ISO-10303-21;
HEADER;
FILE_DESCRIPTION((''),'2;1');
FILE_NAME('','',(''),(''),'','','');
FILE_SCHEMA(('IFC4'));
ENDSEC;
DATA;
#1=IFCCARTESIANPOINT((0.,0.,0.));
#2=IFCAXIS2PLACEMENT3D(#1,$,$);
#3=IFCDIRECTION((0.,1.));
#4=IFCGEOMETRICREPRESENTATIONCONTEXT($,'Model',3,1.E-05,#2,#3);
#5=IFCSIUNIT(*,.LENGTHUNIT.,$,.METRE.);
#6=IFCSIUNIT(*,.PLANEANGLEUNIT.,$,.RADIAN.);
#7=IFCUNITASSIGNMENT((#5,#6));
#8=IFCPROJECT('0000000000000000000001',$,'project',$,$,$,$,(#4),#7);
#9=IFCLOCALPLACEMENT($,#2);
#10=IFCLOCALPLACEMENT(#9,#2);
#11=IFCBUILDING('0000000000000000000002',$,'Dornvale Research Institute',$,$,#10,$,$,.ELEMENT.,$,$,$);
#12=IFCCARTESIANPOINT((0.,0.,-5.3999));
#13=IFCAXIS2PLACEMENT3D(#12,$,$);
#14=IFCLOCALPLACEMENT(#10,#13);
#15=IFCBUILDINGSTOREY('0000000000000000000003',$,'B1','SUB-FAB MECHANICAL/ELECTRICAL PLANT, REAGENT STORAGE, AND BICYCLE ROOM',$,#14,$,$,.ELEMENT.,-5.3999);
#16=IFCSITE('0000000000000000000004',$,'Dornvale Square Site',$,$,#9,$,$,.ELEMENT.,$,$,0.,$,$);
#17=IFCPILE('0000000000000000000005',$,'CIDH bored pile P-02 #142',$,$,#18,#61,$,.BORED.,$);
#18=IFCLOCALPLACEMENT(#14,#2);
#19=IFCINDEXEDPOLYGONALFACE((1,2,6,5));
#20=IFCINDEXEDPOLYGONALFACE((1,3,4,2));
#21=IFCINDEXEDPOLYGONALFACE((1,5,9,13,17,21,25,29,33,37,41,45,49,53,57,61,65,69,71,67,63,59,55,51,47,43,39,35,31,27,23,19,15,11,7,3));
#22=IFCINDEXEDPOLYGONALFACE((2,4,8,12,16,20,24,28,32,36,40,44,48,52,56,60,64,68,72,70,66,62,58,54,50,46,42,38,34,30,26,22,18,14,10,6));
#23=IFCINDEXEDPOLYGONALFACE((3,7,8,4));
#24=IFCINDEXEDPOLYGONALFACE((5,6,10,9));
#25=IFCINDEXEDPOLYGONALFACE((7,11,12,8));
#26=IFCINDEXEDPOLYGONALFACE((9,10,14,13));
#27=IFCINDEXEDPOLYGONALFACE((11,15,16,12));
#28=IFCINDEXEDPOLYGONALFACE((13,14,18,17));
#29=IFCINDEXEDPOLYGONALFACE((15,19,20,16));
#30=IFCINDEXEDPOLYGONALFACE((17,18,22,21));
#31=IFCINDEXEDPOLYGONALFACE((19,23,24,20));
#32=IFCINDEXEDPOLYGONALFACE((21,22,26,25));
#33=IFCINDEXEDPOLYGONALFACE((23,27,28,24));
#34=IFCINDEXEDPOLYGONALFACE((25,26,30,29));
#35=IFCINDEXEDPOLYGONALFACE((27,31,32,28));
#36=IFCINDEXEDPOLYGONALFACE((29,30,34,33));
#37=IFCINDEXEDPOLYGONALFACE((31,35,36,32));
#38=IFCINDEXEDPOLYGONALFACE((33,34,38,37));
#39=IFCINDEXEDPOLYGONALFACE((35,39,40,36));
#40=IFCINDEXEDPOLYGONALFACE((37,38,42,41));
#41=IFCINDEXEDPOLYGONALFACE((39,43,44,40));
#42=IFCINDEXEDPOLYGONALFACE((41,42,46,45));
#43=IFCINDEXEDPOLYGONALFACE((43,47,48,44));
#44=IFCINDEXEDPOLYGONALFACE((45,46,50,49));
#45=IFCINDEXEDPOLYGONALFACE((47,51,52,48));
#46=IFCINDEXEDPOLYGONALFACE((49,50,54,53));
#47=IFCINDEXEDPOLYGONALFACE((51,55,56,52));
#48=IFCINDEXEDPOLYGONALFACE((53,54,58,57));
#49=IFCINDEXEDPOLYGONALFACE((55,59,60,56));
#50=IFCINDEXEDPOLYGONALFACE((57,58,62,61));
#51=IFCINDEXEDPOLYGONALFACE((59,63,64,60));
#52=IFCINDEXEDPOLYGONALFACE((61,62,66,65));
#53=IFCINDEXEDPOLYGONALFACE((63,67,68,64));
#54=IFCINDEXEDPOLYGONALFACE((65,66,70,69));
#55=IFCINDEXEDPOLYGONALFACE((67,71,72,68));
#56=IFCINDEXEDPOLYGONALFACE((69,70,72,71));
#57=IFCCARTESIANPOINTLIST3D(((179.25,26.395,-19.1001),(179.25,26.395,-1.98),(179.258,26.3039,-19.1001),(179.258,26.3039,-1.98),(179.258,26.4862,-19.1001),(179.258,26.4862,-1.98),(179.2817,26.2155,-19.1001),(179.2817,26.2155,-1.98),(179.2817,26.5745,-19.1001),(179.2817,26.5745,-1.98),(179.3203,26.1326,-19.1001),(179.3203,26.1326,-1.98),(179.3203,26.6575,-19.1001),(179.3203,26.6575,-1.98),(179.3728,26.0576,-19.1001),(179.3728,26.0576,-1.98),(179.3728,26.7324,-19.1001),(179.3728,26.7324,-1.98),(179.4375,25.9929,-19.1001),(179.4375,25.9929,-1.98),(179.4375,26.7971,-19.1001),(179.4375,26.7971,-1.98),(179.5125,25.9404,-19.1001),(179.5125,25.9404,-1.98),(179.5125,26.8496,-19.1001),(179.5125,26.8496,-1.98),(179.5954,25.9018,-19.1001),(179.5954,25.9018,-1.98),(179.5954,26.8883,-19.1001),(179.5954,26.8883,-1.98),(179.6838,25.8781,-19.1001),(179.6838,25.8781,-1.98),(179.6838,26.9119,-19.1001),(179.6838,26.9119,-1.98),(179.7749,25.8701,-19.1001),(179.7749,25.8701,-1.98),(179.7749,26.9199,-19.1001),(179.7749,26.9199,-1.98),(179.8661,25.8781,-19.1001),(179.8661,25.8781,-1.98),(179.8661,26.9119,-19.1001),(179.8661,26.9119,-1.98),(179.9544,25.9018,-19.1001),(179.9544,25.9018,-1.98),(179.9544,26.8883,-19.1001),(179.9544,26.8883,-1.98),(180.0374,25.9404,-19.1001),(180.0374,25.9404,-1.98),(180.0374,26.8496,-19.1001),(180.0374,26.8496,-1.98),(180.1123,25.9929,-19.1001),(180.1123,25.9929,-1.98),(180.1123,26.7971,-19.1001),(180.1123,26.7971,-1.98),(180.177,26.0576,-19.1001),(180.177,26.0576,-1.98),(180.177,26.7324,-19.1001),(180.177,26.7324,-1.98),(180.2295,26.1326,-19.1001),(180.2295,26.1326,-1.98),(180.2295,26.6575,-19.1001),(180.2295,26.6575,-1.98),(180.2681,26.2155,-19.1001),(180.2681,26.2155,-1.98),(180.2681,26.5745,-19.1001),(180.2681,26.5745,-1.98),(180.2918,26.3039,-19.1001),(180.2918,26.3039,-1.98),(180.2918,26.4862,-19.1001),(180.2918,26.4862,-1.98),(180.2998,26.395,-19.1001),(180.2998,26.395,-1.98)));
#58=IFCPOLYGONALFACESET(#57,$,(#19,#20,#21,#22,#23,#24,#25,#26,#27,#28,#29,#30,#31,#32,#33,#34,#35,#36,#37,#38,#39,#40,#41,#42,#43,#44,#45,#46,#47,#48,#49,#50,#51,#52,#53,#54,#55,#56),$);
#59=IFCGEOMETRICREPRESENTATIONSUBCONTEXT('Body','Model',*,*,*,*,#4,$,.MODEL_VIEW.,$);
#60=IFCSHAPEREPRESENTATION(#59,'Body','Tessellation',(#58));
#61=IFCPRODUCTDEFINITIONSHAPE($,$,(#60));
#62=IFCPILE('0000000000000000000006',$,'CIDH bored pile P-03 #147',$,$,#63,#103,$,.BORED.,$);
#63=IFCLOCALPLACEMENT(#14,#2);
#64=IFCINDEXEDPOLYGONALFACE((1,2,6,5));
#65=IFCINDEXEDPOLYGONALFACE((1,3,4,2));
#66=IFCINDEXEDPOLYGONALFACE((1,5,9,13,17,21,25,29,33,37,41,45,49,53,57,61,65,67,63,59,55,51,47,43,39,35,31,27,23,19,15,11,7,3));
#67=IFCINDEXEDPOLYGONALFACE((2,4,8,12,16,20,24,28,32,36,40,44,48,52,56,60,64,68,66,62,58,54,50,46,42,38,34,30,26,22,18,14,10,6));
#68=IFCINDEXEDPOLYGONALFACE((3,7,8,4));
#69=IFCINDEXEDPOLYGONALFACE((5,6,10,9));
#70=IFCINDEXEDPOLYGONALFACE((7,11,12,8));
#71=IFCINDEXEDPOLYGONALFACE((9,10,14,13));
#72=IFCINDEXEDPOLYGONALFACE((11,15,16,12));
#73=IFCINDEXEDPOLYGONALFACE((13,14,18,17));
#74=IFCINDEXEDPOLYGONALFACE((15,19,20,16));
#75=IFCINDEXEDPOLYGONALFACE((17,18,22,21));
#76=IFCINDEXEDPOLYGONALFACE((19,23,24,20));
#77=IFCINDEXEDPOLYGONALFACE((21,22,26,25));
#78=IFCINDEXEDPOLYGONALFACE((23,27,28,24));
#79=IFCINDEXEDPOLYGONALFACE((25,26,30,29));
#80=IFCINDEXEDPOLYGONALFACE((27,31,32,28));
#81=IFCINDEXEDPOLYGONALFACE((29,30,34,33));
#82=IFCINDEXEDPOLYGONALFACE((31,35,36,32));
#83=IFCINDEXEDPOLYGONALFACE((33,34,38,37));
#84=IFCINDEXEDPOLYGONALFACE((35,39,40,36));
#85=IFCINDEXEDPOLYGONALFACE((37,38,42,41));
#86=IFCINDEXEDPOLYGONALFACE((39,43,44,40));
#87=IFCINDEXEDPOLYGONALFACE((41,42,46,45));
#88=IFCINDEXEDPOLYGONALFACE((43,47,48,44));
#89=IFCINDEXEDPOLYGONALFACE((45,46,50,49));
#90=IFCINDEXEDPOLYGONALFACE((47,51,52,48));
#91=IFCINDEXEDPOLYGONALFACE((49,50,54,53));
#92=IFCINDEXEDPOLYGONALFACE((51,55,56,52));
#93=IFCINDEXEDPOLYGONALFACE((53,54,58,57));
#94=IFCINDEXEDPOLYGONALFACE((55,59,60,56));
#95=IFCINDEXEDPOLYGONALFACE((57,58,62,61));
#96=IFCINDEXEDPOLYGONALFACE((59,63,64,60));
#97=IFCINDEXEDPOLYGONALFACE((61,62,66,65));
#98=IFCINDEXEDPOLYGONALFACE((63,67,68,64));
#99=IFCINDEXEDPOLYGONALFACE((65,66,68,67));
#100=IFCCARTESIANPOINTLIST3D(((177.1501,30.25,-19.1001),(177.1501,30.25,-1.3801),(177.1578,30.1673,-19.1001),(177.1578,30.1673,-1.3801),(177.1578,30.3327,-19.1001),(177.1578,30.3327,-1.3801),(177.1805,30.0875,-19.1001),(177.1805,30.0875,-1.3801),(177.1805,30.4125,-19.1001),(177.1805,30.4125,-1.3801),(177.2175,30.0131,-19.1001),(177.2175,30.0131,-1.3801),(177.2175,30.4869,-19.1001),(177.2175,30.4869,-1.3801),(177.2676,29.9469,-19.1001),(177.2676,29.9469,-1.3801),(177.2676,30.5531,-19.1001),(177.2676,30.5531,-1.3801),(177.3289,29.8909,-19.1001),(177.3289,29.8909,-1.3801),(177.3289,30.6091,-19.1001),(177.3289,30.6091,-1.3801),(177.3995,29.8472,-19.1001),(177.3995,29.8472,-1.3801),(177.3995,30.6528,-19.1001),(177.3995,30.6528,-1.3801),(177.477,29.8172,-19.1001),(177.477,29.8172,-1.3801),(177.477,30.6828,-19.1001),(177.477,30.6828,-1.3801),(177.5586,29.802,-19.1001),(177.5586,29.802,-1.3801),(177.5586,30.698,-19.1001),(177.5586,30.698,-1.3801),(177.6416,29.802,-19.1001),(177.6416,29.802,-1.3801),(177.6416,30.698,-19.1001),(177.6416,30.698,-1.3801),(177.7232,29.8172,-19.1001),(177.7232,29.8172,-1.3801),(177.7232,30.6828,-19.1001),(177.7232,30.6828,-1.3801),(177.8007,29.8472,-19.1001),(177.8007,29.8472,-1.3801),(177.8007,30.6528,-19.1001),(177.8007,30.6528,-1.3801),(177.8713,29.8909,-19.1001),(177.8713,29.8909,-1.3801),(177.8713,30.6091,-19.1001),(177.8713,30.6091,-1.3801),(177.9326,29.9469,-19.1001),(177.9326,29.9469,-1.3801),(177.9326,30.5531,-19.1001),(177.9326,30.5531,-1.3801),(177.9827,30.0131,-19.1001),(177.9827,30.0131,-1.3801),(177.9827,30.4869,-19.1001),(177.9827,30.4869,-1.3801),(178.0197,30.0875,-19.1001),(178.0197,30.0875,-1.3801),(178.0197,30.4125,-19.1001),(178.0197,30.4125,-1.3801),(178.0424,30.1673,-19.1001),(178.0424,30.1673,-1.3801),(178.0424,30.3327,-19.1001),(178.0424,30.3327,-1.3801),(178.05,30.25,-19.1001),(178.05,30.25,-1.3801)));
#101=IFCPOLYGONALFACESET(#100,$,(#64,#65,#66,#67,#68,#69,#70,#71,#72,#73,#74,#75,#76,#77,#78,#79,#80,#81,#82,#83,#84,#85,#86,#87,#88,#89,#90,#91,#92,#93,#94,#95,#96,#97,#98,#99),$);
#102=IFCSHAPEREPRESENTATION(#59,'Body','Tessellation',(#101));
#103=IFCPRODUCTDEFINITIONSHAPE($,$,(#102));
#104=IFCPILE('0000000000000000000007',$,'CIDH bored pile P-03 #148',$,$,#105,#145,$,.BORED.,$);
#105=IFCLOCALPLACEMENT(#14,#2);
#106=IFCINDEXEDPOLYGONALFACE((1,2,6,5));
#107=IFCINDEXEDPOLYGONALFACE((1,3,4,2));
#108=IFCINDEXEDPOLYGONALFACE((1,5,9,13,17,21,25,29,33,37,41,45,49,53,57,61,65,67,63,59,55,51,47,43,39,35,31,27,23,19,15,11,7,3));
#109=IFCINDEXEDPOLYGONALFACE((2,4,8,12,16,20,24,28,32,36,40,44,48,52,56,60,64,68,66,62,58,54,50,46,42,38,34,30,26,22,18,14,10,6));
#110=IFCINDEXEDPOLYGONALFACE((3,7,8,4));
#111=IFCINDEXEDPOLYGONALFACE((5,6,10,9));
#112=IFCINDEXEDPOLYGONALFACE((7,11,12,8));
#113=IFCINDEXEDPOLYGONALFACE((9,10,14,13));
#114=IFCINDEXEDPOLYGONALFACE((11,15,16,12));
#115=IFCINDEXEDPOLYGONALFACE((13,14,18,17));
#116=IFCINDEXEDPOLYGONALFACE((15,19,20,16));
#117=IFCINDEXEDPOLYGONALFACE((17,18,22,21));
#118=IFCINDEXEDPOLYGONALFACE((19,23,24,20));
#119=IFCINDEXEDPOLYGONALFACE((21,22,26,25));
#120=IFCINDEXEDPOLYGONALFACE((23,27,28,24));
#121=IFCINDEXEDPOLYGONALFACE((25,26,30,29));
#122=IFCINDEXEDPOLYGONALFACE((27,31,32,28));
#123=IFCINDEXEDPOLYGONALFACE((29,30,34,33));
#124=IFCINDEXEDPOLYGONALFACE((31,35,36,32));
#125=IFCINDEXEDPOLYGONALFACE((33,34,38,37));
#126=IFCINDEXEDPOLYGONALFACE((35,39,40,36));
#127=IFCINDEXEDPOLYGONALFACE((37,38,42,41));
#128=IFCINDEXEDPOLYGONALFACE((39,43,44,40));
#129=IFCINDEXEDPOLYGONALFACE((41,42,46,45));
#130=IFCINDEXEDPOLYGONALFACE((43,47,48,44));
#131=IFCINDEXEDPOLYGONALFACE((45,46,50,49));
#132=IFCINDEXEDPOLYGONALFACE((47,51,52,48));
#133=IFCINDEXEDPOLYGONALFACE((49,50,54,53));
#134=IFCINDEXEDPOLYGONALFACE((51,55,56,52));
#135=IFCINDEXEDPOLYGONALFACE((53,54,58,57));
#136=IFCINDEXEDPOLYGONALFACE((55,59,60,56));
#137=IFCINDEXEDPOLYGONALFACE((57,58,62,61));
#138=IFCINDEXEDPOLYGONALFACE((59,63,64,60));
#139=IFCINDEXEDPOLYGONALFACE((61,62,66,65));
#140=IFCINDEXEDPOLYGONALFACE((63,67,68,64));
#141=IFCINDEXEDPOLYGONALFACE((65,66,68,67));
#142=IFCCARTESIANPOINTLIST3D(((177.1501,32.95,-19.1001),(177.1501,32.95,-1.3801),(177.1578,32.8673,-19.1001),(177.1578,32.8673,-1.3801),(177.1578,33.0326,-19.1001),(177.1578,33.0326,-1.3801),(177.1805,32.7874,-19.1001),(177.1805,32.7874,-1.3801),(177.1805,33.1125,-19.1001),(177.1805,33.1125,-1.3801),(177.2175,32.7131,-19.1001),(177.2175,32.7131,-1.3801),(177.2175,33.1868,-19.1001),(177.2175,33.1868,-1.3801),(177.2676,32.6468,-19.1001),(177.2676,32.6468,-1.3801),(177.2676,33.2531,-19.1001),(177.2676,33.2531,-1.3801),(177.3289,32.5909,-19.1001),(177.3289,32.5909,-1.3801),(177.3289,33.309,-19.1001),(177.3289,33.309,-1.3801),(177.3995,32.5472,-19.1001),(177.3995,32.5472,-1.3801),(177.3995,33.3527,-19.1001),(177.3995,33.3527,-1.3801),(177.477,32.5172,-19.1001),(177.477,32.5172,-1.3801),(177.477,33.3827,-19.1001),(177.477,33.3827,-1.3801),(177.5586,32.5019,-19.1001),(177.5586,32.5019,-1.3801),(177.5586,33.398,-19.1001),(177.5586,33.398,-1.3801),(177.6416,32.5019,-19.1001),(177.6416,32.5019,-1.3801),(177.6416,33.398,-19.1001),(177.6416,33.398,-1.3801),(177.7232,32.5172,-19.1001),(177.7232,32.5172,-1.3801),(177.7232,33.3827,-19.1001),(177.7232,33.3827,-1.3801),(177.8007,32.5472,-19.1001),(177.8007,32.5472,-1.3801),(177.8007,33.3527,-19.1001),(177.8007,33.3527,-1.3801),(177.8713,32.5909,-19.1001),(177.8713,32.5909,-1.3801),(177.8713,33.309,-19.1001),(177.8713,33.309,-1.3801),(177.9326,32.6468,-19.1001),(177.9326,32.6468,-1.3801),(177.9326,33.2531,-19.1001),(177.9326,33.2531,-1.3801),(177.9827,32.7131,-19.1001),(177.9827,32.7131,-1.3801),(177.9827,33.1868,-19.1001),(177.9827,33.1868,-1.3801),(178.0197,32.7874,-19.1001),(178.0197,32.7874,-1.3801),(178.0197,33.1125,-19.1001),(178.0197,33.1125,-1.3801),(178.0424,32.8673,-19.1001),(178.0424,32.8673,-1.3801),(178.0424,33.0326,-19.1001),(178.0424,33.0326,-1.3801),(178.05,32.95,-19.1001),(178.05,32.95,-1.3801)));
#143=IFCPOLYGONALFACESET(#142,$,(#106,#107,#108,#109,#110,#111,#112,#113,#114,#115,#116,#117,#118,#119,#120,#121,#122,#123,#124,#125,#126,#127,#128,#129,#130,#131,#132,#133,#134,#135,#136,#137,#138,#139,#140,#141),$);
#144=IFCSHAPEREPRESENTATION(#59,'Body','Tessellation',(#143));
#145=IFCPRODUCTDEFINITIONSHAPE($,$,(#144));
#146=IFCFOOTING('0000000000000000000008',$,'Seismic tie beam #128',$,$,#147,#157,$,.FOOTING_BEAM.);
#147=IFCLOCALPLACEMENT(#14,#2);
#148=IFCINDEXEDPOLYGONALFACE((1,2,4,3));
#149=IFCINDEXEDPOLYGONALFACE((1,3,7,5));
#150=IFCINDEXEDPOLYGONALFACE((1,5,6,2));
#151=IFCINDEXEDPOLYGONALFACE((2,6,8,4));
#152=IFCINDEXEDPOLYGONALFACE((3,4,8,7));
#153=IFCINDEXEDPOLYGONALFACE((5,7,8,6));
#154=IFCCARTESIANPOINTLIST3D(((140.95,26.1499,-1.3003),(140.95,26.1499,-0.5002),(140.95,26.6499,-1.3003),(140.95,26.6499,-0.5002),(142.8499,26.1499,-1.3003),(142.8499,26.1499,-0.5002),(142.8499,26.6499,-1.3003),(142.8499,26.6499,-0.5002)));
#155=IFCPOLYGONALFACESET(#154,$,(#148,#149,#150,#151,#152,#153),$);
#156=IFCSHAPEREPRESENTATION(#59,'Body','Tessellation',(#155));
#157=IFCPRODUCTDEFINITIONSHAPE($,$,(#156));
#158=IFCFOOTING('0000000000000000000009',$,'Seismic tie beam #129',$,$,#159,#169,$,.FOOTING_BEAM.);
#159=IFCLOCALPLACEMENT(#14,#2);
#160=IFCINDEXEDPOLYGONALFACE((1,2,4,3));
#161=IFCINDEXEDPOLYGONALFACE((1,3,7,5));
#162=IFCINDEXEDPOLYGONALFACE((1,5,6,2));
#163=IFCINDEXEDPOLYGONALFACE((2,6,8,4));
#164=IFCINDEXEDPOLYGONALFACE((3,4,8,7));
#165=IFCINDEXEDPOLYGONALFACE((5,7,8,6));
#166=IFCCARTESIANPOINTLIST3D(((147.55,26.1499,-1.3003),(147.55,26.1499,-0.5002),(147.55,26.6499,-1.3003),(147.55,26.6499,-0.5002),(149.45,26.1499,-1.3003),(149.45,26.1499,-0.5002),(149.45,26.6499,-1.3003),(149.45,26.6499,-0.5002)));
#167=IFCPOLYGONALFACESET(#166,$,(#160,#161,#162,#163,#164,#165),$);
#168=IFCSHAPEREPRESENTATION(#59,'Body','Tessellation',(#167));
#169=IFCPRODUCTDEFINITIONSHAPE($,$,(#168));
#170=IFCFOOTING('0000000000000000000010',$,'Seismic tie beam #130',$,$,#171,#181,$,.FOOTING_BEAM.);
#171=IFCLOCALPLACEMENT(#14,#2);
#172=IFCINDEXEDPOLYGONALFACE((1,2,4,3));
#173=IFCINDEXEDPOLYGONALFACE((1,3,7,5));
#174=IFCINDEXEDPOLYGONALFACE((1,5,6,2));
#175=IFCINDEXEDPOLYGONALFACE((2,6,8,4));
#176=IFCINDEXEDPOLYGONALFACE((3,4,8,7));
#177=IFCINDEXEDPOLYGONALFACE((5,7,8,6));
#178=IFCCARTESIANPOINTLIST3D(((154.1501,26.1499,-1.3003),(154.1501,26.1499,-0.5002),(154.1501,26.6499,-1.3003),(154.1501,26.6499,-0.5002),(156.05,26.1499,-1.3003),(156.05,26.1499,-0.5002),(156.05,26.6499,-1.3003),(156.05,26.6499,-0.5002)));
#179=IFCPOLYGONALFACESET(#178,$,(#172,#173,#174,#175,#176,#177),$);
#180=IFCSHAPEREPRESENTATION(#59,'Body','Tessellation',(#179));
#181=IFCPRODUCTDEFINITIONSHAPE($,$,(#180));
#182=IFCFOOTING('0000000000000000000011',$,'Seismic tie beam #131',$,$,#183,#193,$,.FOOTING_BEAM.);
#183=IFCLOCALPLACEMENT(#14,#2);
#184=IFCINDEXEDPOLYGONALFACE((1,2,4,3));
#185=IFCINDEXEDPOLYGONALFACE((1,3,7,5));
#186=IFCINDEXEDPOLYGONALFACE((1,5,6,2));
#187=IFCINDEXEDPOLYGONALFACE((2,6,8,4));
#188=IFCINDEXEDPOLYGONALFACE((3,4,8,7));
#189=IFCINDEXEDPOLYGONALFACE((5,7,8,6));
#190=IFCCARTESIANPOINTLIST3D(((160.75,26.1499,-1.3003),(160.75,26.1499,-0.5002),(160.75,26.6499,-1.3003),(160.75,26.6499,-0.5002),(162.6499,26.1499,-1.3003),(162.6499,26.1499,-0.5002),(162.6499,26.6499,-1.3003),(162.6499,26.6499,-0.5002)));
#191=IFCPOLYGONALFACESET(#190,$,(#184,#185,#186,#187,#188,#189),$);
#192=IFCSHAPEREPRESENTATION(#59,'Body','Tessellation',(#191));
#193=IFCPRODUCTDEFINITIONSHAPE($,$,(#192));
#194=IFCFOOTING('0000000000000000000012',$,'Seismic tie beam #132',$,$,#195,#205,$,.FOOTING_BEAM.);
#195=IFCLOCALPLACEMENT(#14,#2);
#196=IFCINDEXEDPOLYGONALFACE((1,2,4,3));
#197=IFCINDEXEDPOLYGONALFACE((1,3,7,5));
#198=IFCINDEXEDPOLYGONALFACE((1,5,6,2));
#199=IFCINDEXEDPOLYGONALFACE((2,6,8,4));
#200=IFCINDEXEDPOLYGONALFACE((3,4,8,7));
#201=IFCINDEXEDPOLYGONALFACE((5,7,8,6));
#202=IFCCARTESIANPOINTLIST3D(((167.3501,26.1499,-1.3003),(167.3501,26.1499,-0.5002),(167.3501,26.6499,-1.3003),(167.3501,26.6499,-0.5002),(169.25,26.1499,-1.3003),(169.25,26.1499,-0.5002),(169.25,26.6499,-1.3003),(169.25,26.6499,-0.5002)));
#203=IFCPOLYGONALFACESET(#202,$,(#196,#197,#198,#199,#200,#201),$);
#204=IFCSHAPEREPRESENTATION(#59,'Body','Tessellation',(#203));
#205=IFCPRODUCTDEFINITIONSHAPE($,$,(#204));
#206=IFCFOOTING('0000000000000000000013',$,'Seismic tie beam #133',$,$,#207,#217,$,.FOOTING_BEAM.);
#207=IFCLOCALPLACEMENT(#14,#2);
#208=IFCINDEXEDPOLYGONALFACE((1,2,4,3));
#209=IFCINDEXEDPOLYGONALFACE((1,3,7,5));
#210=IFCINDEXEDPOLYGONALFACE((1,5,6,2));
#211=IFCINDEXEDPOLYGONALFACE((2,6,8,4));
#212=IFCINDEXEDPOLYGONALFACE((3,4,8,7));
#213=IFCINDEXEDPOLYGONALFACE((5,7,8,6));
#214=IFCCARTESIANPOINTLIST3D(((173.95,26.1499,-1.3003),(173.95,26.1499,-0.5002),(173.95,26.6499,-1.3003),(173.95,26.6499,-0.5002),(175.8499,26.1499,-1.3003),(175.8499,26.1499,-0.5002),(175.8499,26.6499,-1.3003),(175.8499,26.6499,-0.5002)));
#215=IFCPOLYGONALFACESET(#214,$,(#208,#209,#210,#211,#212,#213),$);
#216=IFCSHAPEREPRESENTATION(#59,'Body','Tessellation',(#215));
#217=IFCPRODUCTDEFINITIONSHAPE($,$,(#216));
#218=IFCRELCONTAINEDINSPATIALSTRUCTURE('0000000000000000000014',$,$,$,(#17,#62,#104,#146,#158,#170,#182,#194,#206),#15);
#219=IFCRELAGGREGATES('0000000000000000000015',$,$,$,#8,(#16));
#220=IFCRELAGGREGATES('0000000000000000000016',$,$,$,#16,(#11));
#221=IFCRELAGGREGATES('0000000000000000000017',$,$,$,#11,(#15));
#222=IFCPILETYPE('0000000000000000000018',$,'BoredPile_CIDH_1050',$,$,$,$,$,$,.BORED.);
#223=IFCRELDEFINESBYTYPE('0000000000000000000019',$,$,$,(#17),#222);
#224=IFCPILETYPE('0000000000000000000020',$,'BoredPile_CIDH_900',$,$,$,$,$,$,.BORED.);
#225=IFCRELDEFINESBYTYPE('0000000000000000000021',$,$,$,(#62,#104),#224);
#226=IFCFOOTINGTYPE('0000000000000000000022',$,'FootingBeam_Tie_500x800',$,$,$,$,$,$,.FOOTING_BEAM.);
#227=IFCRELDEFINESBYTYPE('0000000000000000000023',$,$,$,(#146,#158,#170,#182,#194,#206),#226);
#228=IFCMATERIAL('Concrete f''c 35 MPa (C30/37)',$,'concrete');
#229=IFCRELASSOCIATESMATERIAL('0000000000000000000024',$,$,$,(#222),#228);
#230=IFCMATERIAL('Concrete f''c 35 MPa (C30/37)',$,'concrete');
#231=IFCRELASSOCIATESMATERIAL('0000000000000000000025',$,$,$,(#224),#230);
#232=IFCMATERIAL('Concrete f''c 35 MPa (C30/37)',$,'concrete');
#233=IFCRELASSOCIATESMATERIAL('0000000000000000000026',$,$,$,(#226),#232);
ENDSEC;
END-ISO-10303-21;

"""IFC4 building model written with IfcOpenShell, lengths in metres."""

from ifc_helpers import new_model, si_unit, direction, frame, origin, origin_2d, place, context, subcontext, project, spatial, rectangle, circle, extrude, material, material_profile, profile_set, type_object, element, save


model = new_model("IFC4")

# Units and contexts
model_context = context("Model", 3, precision=1e-05, world=origin(), true_north=direction((0.0, 1.0)))
body_context = subcontext(model_context, "Body", "Model", "MODEL_VIEW")
ifc_project = project(units=[si_unit("LENGTHUNIT", "METRE"), si_unit("PLANEANGLEUNIT", "RADIAN")], contexts=[model_context])

# Site, building, storey
site_placement = place(None, origin())
site = spatial("IfcSite", under=ifc_project, at=site_placement, Name="Dornvale Square Site", CompositionType="ELEMENT", RefElevation=0.0)
building_placement = place(site_placement, origin())
building = spatial("IfcBuilding", under=site, at=building_placement, Name="Dornvale Research Institute", CompositionType="ELEMENT")
storey_placement = place(building_placement, frame((0.0, 0.0, -5.3999)))
storey = spatial("IfcBuildingStorey", under=building, at=storey_placement, Name="B1", Description="SUB-FAB MECHANICAL/ELECTRICAL PLANT, REAGENT STORAGE, AND BICYCLE ROOM", CompositionType="ELEMENT", Elevation=-5.3999)

# Piles
ifc_material_1 = material(Name="Concrete f'c 35 MPa (C30/37)", Category="concrete")
ifc_material_profile_1 = material_profile(ifc_material_1, circle(Radius=0.5249, at=origin_2d()), Name="CIDH PILE D1050")
ifc_profile_set_1 = profile_set([ifc_material_profile_1], Name="Concrete f'c 35 MPa (C30/37)")
pile_type_1 = type_object("IfcPileType", Name="BoredPile_CIDH_1050", PredefinedType="BORED", material=ifc_profile_set_1)
for number, where, z_axis, x_axis, name in (
    (1, (179.7749, 26.395, -1.98), (0.0, 0.0, -1.0), (1.0, 0.0, 0.0), "CIDH bored pile P-02 #142"),
):
    element("IfcPile", number, at=place(storey_placement, frame(where, z_axis=z_axis, x_axis=x_axis)), inside=storey, type_object=pile_type_1, Name=name, PredefinedType="BORED", context=body_context, shape_type="SweptSolid", body=[
        extrude(circle(Radius=0.5249, at=origin_2d()), origin(), (0.0, 0.0, 1.0), 17.1201),
    ])
ifc_material_2 = material(Name="Concrete f'c 35 MPa (C30/37)", Category="concrete")
ifc_material_profile_2 = material_profile(ifc_material_2, circle(Radius=0.45, at=origin_2d()), Name="CIDH PILE D900")
ifc_profile_set_2 = profile_set([ifc_material_profile_2], Name="Concrete f'c 35 MPa (C30/37)")
pile_type_2 = type_object("IfcPileType", Name="BoredPile_CIDH_900", PredefinedType="BORED", material=ifc_profile_set_2)
for number, where, z_axis, x_axis, name in (
    (2, (177.6001, 30.25, -1.3801), (0.0, 0.0, -1.0), (1.0, 0.0, 0.0), "CIDH bored pile P-03 #147"),
    (3, (177.6001, 32.95, -1.3801), (0.0, 0.0, -1.0), (1.0, 0.0, 0.0), "CIDH bored pile P-03 #148"),
):
    element("IfcPile", number, at=place(storey_placement, frame(where, z_axis=z_axis, x_axis=x_axis)), inside=storey, type_object=pile_type_2, Name=name, PredefinedType="BORED", context=body_context, shape_type="SweptSolid", body=[
        extrude(circle(Radius=0.45, at=origin_2d()), origin(), (0.0, 0.0, 1.0), 17.72),
    ])

# Footings
ifc_material_3 = material(Name="Concrete f'c 35 MPa (C30/37)", Category="concrete")
footing_type_1 = type_object("IfcFootingType", Name="FootingBeam_Tie_500x800", PredefinedType="FOOTING_BEAM", material=ifc_material_3)
for number, where, z_axis, x_axis, name in (
    (4, (141.8999, 26.3999, -1.3003), (0.0, 0.0, 1.0), (1.0, 0.0, 0.0), "Seismic tie beam #128"),
    (5, (148.5, 26.3999, -1.3003), (0.0, 0.0, 1.0), (1.0, 0.0, 0.0), "Seismic tie beam #129"),
    (6, (155.1001, 26.3999, -1.3003), (0.0, 0.0, 1.0), (1.0, 0.0, 0.0), "Seismic tie beam #130"),
    (7, (161.7, 26.3999, -1.3003), (0.0, 0.0, 1.0), (1.0, 0.0, 0.0), "Seismic tie beam #131"),
    (8, (168.3, 26.3999, -1.3003), (0.0, 0.0, 1.0), (1.0, 0.0, 0.0), "Seismic tie beam #132"),
    (9, (174.8999, 26.3999, -1.3003), (0.0, 0.0, 1.0), (1.0, 0.0, 0.0), "Seismic tie beam #133"),
):
    element("IfcFooting", number, at=place(storey_placement, frame(where, z_axis=z_axis, x_axis=x_axis)), inside=storey, type_object=footing_type_1, Name=name, PredefinedType="FOOTING_BEAM", context=body_context, shape_type="SweptSolid", body=[
        extrude(rectangle(XDim=1.8999, YDim=0.5, at=origin_2d()), origin(), (0.0, 0.0, 1.0), 0.8),
    ])

save(model, "model.ifc")
